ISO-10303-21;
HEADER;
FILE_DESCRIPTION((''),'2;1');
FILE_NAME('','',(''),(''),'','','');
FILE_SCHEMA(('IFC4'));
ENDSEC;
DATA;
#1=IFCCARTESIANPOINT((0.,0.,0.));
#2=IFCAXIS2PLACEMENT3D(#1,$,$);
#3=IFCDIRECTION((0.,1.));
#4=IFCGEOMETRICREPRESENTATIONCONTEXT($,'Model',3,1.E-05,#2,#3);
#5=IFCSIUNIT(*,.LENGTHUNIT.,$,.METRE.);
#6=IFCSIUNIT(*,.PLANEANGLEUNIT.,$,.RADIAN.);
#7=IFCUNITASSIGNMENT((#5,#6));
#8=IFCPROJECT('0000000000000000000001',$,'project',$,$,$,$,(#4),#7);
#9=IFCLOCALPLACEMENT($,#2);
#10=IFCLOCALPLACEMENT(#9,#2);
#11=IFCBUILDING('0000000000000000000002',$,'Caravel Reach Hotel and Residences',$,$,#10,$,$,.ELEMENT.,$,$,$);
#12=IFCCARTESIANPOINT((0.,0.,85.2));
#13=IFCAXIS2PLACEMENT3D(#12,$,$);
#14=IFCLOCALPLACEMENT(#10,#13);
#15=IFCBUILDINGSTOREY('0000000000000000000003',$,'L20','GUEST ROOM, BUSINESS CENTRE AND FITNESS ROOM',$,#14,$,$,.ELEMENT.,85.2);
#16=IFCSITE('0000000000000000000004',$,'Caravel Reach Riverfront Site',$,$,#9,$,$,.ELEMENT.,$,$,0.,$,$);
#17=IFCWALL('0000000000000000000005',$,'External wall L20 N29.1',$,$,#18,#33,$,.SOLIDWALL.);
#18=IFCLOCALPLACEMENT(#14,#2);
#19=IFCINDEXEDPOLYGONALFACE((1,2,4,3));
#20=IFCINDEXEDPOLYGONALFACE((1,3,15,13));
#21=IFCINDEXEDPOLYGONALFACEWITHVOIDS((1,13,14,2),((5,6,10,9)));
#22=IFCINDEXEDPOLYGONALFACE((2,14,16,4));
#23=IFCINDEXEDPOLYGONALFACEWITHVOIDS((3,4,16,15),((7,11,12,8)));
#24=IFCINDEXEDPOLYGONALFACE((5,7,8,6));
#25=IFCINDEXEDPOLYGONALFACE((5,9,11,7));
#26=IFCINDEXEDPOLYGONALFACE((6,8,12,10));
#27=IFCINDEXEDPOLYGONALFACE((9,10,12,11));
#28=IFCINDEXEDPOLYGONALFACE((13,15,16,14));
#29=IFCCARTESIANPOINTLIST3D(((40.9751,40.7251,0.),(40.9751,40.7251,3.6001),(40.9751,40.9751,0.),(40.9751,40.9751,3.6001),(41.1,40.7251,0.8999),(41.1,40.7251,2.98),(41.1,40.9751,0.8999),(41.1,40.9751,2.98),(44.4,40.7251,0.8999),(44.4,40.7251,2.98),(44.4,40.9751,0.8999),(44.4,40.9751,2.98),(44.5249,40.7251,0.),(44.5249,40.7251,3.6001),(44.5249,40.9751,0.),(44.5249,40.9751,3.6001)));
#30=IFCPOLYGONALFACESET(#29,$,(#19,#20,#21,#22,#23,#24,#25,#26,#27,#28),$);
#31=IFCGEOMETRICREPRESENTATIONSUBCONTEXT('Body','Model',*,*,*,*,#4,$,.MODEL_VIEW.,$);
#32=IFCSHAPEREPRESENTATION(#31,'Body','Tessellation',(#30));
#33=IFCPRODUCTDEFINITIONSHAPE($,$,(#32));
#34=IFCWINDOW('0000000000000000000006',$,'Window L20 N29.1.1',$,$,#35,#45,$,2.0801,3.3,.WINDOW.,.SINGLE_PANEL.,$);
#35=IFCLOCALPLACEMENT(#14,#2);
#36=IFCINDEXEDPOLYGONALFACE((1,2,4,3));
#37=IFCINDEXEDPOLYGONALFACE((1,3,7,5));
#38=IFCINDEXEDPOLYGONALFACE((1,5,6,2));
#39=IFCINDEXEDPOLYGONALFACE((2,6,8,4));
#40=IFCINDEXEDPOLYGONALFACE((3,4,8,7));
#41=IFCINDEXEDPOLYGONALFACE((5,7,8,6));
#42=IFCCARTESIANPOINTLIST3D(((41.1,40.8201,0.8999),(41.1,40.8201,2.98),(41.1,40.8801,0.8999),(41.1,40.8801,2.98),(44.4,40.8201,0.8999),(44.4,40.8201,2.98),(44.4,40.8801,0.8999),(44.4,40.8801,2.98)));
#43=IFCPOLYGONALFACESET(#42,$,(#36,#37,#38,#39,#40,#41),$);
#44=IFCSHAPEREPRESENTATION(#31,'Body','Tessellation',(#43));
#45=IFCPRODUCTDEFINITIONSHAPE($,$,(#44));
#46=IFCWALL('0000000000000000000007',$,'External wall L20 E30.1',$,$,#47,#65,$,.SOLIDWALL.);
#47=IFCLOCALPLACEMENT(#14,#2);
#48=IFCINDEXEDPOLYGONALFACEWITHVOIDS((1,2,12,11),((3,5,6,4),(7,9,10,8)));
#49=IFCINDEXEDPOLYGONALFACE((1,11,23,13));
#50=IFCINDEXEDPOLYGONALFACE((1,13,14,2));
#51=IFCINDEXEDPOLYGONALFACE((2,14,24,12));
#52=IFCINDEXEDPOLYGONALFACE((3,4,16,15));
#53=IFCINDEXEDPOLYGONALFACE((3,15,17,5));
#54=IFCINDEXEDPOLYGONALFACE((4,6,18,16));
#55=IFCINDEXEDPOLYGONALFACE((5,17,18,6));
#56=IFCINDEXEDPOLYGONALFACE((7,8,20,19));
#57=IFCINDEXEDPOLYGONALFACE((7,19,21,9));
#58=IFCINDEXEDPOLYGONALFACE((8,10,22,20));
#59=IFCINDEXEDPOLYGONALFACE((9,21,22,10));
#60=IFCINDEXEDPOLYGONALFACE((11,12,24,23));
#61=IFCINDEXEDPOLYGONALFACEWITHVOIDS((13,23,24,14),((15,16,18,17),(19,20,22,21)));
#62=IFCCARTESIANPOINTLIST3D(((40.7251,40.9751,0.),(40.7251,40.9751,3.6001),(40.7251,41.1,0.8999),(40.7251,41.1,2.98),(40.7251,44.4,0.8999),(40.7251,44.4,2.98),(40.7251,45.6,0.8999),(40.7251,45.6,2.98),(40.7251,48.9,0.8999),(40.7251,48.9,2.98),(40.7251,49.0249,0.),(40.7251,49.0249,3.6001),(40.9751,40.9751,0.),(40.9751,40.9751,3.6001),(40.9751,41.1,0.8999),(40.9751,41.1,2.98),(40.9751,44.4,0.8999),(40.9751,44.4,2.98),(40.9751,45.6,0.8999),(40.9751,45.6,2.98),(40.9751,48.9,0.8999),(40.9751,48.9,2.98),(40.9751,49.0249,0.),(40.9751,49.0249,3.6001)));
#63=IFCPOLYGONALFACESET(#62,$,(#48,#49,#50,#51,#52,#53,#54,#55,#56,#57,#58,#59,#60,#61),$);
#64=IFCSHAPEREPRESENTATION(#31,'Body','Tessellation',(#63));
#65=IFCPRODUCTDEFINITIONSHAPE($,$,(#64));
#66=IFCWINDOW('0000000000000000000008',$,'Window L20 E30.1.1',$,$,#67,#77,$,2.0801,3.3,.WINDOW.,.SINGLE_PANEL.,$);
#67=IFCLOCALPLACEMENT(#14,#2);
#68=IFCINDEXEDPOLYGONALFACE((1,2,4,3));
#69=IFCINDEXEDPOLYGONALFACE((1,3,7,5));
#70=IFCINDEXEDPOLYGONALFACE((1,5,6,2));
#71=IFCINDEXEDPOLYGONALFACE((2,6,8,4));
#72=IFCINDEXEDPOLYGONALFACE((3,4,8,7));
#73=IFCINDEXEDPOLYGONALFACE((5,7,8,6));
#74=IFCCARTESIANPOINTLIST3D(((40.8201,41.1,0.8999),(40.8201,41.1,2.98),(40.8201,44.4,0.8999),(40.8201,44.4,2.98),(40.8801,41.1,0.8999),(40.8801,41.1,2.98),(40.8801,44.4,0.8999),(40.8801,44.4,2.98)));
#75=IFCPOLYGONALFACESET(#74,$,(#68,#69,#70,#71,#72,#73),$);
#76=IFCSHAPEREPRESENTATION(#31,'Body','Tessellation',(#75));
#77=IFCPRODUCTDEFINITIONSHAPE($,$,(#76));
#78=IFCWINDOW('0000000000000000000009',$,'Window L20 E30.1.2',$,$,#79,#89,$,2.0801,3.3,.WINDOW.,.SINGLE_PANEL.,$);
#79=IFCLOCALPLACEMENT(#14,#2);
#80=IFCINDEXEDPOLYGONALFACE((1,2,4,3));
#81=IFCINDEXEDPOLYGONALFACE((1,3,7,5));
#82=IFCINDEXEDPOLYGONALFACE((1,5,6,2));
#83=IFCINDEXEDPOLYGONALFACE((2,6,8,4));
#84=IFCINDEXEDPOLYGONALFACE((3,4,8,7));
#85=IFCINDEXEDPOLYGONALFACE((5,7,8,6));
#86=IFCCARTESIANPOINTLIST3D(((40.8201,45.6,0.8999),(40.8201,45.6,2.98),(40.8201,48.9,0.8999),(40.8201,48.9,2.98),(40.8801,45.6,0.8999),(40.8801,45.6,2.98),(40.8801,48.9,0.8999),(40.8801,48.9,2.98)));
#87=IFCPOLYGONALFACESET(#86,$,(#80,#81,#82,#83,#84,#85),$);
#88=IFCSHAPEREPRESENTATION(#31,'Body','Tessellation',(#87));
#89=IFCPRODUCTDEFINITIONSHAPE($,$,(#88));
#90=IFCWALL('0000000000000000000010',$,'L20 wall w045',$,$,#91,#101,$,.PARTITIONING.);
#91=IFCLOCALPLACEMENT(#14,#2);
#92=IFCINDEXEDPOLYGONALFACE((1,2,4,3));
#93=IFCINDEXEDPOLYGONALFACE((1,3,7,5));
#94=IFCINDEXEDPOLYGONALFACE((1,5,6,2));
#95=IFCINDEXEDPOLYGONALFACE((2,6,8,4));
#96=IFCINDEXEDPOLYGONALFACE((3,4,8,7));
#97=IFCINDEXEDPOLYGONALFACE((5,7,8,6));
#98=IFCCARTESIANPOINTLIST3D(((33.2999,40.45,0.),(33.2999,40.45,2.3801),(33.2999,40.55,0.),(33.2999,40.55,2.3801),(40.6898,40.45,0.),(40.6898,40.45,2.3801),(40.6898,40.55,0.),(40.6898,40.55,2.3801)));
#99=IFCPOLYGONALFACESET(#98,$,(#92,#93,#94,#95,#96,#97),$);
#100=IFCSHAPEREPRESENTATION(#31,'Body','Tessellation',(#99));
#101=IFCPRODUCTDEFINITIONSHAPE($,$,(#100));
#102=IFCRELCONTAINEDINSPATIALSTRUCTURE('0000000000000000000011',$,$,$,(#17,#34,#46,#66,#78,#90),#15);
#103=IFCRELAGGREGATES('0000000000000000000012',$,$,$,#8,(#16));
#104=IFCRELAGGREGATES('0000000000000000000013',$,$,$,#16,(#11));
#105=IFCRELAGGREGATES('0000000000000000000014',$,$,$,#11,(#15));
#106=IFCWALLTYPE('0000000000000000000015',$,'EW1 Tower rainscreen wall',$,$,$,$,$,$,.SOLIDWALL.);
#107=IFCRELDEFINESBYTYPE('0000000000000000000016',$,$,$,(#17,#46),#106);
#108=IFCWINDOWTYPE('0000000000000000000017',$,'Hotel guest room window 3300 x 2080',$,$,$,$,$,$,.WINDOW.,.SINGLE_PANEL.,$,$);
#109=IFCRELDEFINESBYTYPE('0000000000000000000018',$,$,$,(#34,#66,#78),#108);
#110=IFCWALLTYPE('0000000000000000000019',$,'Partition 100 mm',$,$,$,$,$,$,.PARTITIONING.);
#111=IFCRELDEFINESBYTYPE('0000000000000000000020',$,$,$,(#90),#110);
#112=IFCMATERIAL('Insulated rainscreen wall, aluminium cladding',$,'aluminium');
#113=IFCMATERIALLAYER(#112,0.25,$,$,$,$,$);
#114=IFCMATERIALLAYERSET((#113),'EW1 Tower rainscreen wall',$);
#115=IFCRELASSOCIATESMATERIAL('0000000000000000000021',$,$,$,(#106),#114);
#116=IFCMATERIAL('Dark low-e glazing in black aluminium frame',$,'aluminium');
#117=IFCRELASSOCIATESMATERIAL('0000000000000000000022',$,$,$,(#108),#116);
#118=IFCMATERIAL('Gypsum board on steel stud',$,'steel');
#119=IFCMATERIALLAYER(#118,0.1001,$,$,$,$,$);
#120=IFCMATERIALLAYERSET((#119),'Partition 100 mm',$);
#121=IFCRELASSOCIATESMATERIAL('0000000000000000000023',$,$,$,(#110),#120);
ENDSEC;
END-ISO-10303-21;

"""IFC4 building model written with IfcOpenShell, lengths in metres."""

from ifc_helpers import new_model, si_unit, direction, frame, frame_2d, origin, place, context, subcontext, project, spatial, rectangle, extrude, material, layer, layer_set, type_object, element, fill, save


model = new_model("IFC4")

# Units and contexts
model_context = context("Model", 3, precision=1e-05, world=origin(), true_north=direction((0.0, 1.0)))
body_context = subcontext(model_context, "Body", "Model", "MODEL_VIEW")
ifc_project = project(units=[si_unit("LENGTHUNIT", "METRE"), si_unit("PLANEANGLEUNIT", "RADIAN")], contexts=[model_context])

# Site, building, storey
site_placement = place(None, origin())
site = spatial("IfcSite", under=ifc_project, at=site_placement, Name="Caravel Reach Riverfront Site", CompositionType="ELEMENT", RefElevation=0.0)
building_placement = place(site_placement, origin())
building = spatial("IfcBuilding", under=site, at=building_placement, Name="Caravel Reach Hotel and Residences", CompositionType="ELEMENT")
storey_placement = place(building_placement, frame((0.0, 0.0, 85.2)))
storey = spatial("IfcBuildingStorey", under=building, at=storey_placement, Name="L20", Description="GUEST ROOM, BUSINESS CENTRE AND FITNESS ROOM", CompositionType="ELEMENT", Elevation=85.2)

# Wall, opening, window
ifc_material_1 = material(Name="Insulated rainscreen wall, aluminium cladding", Category="aluminium")
ifc_layer_1 = layer(ifc_material_1, 0.25)
ifc_layer_set_1 = layer_set([ifc_layer_1], Name="EW1 Tower rainscreen wall")
wall_type_1 = type_object("IfcWallType", Name="EW1 Tower rainscreen wall", PredefinedType="SOLIDWALL", material=ifc_layer_set_1)
wall_1_placement = place(storey_placement, frame((44.5249, 40.8501, 0.0), z_axis=(0.0, 0.0, 1.0), x_axis=(-1.0, 0.0, 0.0)))
wall_1 = element("IfcWall", 1, at=wall_1_placement, inside=storey, type_object=wall_type_1, Name="External wall L20 N29.1", PredefinedType="SOLIDWALL", context=body_context, shape_type="SweptSolid", body=[
    extrude(rectangle(XDim=3.5498, YDim=0.25, at=frame_2d((1.7749, 0.0))), origin(), (0.0, 0.0, 1.0), 3.6001),
])
opening_1_placement = place(wall_1_placement, frame((0.125, 0.0, 0.8999)))
opening_1 = element("IfcOpeningElement", 2, at=opening_1_placement, cuts=wall_1, PredefinedType="OPENING", context=body_context, shape_type="SweptSolid", body=[
    extrude(rectangle(XDim=3.3, YDim=2.0801, at=frame_2d((1.6499, 1.04))), frame((0.0, 0.135, 0.0), z_axis=(0.0, -1.0, 0.0), x_axis=(1.0, 0.0, 0.0)), (0.0, 0.0, 1.0), 0.27),
])
ifc_material_2 = material(Name="Dark low-e glazing in black aluminium frame", Category="aluminium")
window_type = type_object("IfcWindowType", Name="Hotel guest room window 3300 x 2080", PartitioningType="SINGLE_PANEL", PredefinedType="WINDOW", material=ifc_material_2)
window_1_placement = place(opening_1_placement, origin())
window_1 = element("IfcWindow", 3, at=window_1_placement, inside=storey, type_object=window_type, Name="Window L20 N29.1.1", OverallHeight=2.0801, OverallWidth=3.3, PartitioningType="SINGLE_PANEL", PredefinedType="WINDOW", context=body_context, shape_type="SweptSolid", body=[
    extrude(rectangle(XDim=3.3, YDim=2.0801, at=frame_2d((1.6499, 1.04))), frame((0.0, 0.03, 0.0), z_axis=(0.0, -1.0, 0.0), x_axis=(1.0, 0.0, 0.0)), (0.0, 0.0, 1.0), 0.0601),
])
fill(opening_1, window_1)

# Wall, openings, windows
wall_2_placement = place(storey_placement, frame((40.8501, 40.9751, 0.0), z_axis=(0.0, 0.0, 1.0), x_axis=(0.0, 1.0, 0.0)))
wall_2 = element("IfcWall", 4, at=wall_2_placement, inside=storey, type_object=wall_type_1, Name="External wall L20 E30.1", PredefinedType="SOLIDWALL", context=body_context, shape_type="SweptSolid", body=[
    extrude(rectangle(XDim=8.0498, YDim=0.25, at=frame_2d((4.0249, 0.0))), origin(), (0.0, 0.0, 1.0), 3.6001),
])
opening_2_placement = place(wall_2_placement, frame((0.125, 0.0, 0.8999)))
opening_2 = element("IfcOpeningElement", 5, at=opening_2_placement, cuts=wall_2, PredefinedType="OPENING", context=body_context, shape_type="SweptSolid", body=[
    extrude(rectangle(XDim=3.3, YDim=2.0801, at=frame_2d((1.6499, 1.04))), frame((0.0, 0.135, 0.0), z_axis=(0.0, -1.0, 0.0), x_axis=(1.0, 0.0, 0.0)), (0.0, 0.0, 1.0), 0.27),
])
opening_3_placement = place(wall_2_placement, frame((4.625, 0.0, 0.8999)))
opening_3 = element("IfcOpeningElement", 6, at=opening_3_placement, cuts=wall_2, PredefinedType="OPENING", context=body_context, shape_type="SweptSolid", body=[
    extrude(rectangle(XDim=3.3, YDim=2.0801, at=frame_2d((1.6499, 1.04))), frame((0.0, 0.135, 0.0), z_axis=(0.0, -1.0, 0.0), x_axis=(1.0, 0.0, 0.0)), (0.0, 0.0, 1.0), 0.27),
])
window_2_placement = place(opening_2_placement, origin())
window_2 = element("IfcWindow", 7, at=window_2_placement, inside=storey, type_object=window_type, Name="Window L20 E30.1.1", OverallHeight=2.0801, OverallWidth=3.3, PartitioningType="SINGLE_PANEL", PredefinedType="WINDOW", context=body_context, shape_type="SweptSolid", body=[
    extrude(rectangle(XDim=3.3, YDim=2.0801, at=frame_2d((1.6499, 1.04))), frame((0.0, 0.03, 0.0), z_axis=(0.0, -1.0, 0.0), x_axis=(1.0, 0.0, 0.0)), (0.0, 0.0, 1.0), 0.0601),
])
fill(opening_2, window_2)
window_3_placement = place(opening_3_placement, origin())
window_3 = element("IfcWindow", 8, at=window_3_placement, inside=storey, type_object=window_type, Name="Window L20 E30.1.2", OverallHeight=2.0801, OverallWidth=3.3, PartitioningType="SINGLE_PANEL", PredefinedType="WINDOW", context=body_context, shape_type="SweptSolid", body=[
    extrude(rectangle(XDim=3.3, YDim=2.0801, at=frame_2d((1.6499, 1.04))), frame((0.0, 0.03, 0.0), z_axis=(0.0, -1.0, 0.0), x_axis=(1.0, 0.0, 0.0)), (0.0, 0.0, 1.0), 0.0601),
])
fill(opening_3, window_3)

# Wall
ifc_material_3 = material(Name="Gypsum board on steel stud", Category="steel")
ifc_layer_2 = layer(ifc_material_3, 0.1001)
ifc_layer_set_2 = layer_set([ifc_layer_2], Name="Partition 100 mm")
wall_type_2 = type_object("IfcWallType", Name="Partition 100 mm", PredefinedType="PARTITIONING", material=ifc_layer_set_2)
wall_3_placement = place(storey_placement, frame((33.3, 40.5, 0.0), z_axis=(0.0, 0.0, 1.0), x_axis=(1.0, 0.0, 0.0)))
element("IfcWall", 9, at=wall_3_placement, inside=storey, type_object=wall_type_2, Name="L20 wall w045", PredefinedType="PARTITIONING", context=body_context, shape_type="SweptSolid", body=[
    extrude(rectangle(XDim=7.3899, YDim=0.1001, at=frame_2d((3.6948, 0.0))), origin(), (0.0, 0.0, 1.0), 2.3801),
])

save(model, "model.ifc")
